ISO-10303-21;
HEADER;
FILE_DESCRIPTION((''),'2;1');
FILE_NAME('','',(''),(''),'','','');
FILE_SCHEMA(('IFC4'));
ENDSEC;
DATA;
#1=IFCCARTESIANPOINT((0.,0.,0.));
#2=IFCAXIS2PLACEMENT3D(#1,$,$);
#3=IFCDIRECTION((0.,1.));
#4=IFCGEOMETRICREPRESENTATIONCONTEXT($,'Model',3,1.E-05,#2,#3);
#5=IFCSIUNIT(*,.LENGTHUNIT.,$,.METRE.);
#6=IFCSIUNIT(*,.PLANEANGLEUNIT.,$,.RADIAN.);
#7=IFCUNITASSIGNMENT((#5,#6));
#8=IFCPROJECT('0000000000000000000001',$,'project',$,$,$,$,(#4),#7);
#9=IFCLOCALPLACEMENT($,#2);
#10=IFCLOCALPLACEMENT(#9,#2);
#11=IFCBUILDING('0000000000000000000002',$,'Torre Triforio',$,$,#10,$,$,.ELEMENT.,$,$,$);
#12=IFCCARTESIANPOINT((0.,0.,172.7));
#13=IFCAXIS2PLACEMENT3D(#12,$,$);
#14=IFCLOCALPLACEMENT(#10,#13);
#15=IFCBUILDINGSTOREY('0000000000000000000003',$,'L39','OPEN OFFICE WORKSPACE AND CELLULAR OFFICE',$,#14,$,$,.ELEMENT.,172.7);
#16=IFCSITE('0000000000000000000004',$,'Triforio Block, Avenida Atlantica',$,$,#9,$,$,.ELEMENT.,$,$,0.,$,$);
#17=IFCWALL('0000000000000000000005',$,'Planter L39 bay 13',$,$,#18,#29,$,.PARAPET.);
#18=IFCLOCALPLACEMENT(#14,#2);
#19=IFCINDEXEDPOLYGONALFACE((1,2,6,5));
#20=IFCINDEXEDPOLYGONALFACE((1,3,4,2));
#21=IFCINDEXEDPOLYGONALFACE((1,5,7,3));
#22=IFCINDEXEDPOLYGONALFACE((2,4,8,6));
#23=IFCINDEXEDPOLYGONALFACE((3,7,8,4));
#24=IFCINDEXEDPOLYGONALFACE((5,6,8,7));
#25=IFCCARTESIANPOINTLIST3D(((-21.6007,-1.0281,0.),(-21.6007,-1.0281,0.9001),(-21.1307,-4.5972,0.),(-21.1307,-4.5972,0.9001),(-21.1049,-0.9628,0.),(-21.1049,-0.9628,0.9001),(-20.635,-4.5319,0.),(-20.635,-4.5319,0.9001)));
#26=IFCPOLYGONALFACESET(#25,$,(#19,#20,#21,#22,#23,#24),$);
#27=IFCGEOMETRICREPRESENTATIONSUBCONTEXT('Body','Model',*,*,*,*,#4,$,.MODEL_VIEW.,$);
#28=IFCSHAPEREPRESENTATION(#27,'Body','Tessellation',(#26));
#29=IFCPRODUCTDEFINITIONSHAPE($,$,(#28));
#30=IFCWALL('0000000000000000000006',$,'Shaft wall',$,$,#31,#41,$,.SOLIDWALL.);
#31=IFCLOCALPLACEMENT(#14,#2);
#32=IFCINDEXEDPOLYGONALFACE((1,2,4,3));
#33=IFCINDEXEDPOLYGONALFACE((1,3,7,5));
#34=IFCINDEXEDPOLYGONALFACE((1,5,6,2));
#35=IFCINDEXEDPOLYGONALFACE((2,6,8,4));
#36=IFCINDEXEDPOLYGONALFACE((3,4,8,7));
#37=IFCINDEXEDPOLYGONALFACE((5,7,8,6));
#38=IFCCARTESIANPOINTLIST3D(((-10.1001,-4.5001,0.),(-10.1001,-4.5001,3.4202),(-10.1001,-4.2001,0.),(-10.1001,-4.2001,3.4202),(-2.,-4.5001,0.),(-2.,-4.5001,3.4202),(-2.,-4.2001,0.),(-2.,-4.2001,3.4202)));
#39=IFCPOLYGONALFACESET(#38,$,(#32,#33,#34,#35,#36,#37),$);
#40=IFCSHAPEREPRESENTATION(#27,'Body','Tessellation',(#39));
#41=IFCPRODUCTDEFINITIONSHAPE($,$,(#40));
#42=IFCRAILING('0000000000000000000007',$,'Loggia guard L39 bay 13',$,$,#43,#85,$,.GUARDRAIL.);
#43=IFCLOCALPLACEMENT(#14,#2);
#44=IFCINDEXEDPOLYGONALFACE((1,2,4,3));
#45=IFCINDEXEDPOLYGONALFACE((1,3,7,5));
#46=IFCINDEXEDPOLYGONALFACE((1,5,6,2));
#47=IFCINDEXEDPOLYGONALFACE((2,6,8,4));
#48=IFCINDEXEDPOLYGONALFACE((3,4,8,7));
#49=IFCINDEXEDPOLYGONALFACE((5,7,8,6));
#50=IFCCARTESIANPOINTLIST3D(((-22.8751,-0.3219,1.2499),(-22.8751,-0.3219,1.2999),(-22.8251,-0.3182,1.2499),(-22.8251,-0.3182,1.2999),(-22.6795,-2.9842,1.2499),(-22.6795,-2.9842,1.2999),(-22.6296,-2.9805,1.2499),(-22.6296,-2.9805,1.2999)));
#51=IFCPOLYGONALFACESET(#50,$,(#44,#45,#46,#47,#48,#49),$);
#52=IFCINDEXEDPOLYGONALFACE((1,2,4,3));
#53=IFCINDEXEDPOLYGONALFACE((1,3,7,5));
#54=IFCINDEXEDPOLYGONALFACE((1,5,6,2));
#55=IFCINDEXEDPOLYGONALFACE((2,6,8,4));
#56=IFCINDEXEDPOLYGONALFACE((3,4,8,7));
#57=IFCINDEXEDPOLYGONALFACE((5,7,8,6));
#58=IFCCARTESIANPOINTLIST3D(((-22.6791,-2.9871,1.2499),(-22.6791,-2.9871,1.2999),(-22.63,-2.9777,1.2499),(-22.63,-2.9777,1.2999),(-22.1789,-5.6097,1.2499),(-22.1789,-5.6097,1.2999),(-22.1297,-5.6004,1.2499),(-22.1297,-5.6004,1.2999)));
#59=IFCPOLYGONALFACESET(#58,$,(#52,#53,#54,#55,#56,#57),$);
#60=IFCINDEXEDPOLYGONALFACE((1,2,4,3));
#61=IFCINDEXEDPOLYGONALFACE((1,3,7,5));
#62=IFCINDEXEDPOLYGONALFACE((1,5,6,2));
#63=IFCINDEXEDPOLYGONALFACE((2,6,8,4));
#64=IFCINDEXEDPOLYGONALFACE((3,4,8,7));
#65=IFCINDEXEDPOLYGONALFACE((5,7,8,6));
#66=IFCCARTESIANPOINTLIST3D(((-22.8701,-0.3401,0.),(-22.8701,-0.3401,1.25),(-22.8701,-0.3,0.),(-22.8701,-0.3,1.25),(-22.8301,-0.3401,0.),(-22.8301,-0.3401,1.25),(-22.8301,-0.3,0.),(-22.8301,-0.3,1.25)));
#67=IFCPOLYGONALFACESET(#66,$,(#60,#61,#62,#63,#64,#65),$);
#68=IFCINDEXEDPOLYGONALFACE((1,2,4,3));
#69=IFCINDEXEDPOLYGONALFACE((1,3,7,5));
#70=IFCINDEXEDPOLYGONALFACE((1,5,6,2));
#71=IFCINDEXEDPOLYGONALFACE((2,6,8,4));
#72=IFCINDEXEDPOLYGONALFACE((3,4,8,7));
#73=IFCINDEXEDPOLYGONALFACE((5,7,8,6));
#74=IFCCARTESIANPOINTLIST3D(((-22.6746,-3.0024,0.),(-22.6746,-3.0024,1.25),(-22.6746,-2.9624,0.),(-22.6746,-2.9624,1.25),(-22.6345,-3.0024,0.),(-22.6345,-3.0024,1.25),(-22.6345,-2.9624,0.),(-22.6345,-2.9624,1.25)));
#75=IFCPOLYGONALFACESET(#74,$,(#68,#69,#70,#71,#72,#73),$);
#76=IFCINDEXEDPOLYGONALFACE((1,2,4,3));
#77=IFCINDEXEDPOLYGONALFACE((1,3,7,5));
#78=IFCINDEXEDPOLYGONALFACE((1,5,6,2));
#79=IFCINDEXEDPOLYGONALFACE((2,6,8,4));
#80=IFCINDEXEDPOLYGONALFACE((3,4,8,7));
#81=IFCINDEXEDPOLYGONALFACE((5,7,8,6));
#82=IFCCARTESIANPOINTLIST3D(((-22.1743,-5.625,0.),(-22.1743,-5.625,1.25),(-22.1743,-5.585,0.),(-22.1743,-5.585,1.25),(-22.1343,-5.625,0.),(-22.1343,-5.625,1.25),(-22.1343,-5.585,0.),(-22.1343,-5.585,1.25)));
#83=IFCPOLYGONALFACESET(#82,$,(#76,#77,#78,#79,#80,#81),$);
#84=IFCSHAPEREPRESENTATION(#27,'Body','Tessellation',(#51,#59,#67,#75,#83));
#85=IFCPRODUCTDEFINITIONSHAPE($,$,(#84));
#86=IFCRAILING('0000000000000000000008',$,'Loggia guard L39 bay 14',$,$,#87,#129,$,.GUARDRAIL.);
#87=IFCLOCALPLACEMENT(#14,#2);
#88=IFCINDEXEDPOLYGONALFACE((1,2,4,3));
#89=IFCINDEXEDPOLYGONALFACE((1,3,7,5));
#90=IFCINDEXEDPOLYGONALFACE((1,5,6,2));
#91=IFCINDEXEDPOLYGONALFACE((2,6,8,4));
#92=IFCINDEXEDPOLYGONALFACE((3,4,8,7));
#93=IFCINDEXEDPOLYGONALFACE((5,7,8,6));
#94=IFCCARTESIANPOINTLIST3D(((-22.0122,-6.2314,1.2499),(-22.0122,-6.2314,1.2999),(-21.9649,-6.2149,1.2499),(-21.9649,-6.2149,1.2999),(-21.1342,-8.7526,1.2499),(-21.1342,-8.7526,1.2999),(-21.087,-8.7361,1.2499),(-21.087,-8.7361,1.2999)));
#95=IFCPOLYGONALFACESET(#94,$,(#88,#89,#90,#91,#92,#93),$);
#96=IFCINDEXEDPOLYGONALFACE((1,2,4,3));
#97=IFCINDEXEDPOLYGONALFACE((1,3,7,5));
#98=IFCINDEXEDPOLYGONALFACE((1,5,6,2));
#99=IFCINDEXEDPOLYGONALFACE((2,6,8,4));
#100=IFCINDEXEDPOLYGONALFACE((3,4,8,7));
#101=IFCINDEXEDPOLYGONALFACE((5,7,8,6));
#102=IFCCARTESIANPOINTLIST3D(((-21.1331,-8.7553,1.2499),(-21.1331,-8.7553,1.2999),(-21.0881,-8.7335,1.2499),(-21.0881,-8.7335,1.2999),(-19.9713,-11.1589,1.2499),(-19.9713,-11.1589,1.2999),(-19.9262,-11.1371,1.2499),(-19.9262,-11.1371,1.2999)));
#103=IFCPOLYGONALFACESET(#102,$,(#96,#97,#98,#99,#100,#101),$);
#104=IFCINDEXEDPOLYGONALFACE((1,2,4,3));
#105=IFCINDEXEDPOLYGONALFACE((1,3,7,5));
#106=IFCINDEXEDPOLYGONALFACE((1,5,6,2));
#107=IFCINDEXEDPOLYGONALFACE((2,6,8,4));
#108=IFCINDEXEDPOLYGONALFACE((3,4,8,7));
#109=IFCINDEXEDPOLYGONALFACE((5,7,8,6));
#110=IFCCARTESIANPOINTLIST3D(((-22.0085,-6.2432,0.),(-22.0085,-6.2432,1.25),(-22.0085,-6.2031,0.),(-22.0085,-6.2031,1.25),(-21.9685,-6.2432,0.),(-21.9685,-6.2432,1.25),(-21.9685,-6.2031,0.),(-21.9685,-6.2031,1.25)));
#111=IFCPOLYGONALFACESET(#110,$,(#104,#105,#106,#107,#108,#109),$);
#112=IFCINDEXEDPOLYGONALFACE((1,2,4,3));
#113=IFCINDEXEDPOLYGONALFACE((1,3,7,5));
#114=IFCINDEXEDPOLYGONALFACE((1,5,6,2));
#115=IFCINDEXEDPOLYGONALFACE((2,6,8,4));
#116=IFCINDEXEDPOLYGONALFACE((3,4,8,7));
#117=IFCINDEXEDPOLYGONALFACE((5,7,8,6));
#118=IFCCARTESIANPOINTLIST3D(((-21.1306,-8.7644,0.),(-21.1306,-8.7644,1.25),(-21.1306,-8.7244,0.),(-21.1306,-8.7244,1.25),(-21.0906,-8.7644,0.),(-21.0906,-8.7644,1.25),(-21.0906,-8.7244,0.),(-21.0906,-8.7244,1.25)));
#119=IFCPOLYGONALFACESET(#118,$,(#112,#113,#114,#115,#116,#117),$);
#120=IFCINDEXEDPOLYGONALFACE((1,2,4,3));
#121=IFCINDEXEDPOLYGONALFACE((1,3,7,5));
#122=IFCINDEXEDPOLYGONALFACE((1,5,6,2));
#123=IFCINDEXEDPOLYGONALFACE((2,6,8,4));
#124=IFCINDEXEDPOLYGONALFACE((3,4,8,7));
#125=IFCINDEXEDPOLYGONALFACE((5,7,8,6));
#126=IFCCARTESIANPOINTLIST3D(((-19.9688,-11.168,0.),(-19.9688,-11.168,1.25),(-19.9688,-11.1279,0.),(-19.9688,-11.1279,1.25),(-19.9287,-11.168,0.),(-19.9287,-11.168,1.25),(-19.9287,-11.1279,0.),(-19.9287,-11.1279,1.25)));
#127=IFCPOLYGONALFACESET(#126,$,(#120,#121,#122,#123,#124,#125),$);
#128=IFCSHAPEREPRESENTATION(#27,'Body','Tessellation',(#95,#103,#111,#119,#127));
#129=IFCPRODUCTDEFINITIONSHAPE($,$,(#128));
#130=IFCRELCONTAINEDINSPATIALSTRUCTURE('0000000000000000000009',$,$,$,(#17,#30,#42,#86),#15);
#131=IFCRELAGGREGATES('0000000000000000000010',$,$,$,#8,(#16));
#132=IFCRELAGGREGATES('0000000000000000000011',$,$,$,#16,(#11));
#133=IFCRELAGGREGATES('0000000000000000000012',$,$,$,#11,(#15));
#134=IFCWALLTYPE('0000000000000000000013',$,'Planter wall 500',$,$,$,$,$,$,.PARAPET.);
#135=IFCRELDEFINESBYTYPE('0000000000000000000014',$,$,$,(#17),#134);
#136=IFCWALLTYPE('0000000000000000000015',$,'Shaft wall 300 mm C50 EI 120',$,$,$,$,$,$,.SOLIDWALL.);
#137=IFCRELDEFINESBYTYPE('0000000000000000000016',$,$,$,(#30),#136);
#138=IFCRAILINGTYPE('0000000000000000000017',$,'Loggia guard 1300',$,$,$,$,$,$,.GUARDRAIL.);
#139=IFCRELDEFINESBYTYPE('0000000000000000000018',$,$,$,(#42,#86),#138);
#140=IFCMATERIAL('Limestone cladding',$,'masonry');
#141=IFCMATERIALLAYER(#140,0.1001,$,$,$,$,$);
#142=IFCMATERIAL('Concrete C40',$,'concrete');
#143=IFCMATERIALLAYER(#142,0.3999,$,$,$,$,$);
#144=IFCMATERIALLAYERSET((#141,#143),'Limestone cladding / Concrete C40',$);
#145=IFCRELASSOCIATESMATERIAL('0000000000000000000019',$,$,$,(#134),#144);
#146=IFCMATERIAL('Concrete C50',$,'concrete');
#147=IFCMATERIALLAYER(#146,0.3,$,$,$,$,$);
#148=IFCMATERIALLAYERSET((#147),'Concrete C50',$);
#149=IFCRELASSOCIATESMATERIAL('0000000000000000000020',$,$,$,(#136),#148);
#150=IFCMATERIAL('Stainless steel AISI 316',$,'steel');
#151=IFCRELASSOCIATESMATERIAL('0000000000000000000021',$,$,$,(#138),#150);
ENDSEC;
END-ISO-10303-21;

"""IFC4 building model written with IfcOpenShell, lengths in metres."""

from ifc_helpers import new_model, si_unit, direction, frame, frame_2d, origin, origin_2d, place, context, subcontext, project, spatial, rectangle, extrude, material, layer, layer_set, type_object, element, save


model = new_model("IFC4")

# Units and contexts
model_context = context("Model", 3, precision=1e-05, world=origin(), true_north=direction((0.0, 1.0)))
body_context = subcontext(model_context, "Body", "Model", "MODEL_VIEW")
ifc_project = project(units=[si_unit("LENGTHUNIT", "METRE"), si_unit("PLANEANGLEUNIT", "RADIAN")], contexts=[model_context])

# Site, building, storey
site_placement = place(None, origin())
site = spatial("IfcSite", under=ifc_project, at=site_placement, Name="Triforio Block, Avenida Atlantica", CompositionType="ELEMENT", RefElevation=0.0)
building_placement = place(site_placement, origin())
building = spatial("IfcBuilding", under=site, at=building_placement, Name="Torre Triforio", CompositionType="ELEMENT")
storey_placement = place(building_placement, frame((0.0, 0.0, 172.7)))
storey = spatial("IfcBuildingStorey", under=building, at=storey_placement, Name="L39", Description="OPEN OFFICE WORKSPACE AND CELLULAR OFFICE", CompositionType="ELEMENT", Elevation=172.7)

# Shared definitions
ifc_material_1 = material(Name="Concrete C50", Category="concrete")

# Shared definitions
ifc_material_2 = material(Name="Concrete C40", Category="concrete")

# Walls
ifc_material_3 = material(Name="Limestone cladding", Category="masonry")
ifc_layer_1 = layer(ifc_material_3, 0.1001)
ifc_layer_2 = layer(ifc_material_2, 0.3999)
ifc_layer_set_1 = layer_set([ifc_layer_1, ifc_layer_2], Name="Limestone cladding / Concrete C40")
wall_type_1 = type_object("IfcWallType", Name="Planter wall 500", PredefinedType="PARAPET", material=ifc_layer_set_1)
wall_1_placement = place(storey_placement, frame((-21.3528, -0.9956, 0.0), z_axis=(0.0, 0.0, 1.0), x_axis=(0.130551, -0.991442, 0.0)))
element("IfcWall", 1, at=wall_1_placement, inside=storey, type_object=wall_type_1, Name="Planter L39 bay 13", PredefinedType="PARAPET", context=body_context, shape_type="SweptSolid", body=[
    extrude(rectangle(XDim=3.5999, YDim=0.5, at=frame_2d((1.7998, 0.0))), origin(), (0.0, 0.0, 1.0), 0.9001),
])
ifc_layer_3 = layer(ifc_material_1, 0.3)
ifc_layer_set_2 = layer_set([ifc_layer_3], Name="Concrete C50")
wall_type_2 = type_object("IfcWallType", Name="Shaft wall 300 mm C50 EI 120", PredefinedType="SOLIDWALL", material=ifc_layer_set_2)
wall_2_placement = place(storey_placement, frame((-10.1001, -4.3501, 0.0), z_axis=(0.0, 0.0, 1.0), x_axis=(1.0, 0.0, 0.0)))
element("IfcWall", 2, at=wall_2_placement, inside=storey, type_object=wall_type_2, Name="Shaft wall", PredefinedType="SOLIDWALL", context=body_context, shape_type="SweptSolid", body=[
    extrude(rectangle(XDim=8.1001, YDim=0.3, at=frame_2d((4.05, 0.0))), origin(), (0.0, 0.0, 1.0), 3.4202),
])

# Railings
ifc_material_4 = material(Name="Stainless steel AISI 316", Category="steel")
railing_type = type_object("IfcRailingType", Name="Loggia guard 1300", PredefinedType="GUARDRAIL", material=ifc_material_4)
railing_1_placement = place(storey_placement, frame((-22.8501, -0.3201, 0.0)))
element("IfcRailing", 3, at=railing_1_placement, inside=storey, type_object=railing_type, Name="Loggia guard L39 bay 13", PredefinedType="GUARDRAIL", context=body_context, shape_type="SweptSolid", body=[
    extrude(rectangle(XDim=0.05, YDim=0.05, at=origin_2d()), frame((0.0, 0.0, 1.2749), z_axis=(0.073255, -0.997313, 0.0), x_axis=(0.997313, 0.073255, 0.0)), (0.0, 0.0, 1.0), 2.6694),
    extrude(rectangle(XDim=0.05, YDim=0.05, at=origin_2d()), frame((0.1956, -2.6624, 1.2749), z_axis=(0.187368, -0.98229, 0.0), x_axis=(0.98229, 0.187368, 0.0)), (0.0, 0.0, 1.0), 2.6699),
    extrude(rectangle(XDim=0.04, YDim=0.04, at=origin_2d()), origin(), (0.0, 0.0, 1.0), 1.25),
    extrude(rectangle(XDim=0.04, YDim=0.04, at=origin_2d()), frame((0.1956, -2.6624, 0.0)), (0.0, 0.0, 1.0), 1.25),
    extrude(rectangle(XDim=0.04, YDim=0.04, at=origin_2d()), frame((0.6958, -5.2849, 0.0)), (0.0, 0.0, 1.0), 1.25),
])
railing_2_placement = place(storey_placement, frame((-21.9885, -6.2231, 0.0)))
element("IfcRailing", 4, at=railing_2_placement, inside=storey, type_object=railing_type, Name="Loggia guard L39 bay 14", PredefinedType="GUARDRAIL", context=body_context, shape_type="SweptSolid", body=[
    extrude(rectangle(XDim=0.05, YDim=0.05, at=origin_2d()), frame((0.0, 0.0, 1.2749), z_axis=(0.328847, -0.944383, 0.0), x_axis=(0.944383, 0.328847, 0.0)), (0.0, 0.0, 1.0), 2.6697),
    extrude(rectangle(XDim=0.05, YDim=0.05, at=origin_2d()), frame((0.8779, -2.5212, 1.2749), z_axis=(0.435212, -0.900328, 0.0), x_axis=(0.900328, 0.435212, 0.0)), (0.0, 0.0, 1.0), 2.6697),
    extrude(rectangle(XDim=0.04, YDim=0.04, at=origin_2d()), origin(), (0.0, 0.0, 1.0), 1.25),
    extrude(rectangle(XDim=0.04, YDim=0.04, at=origin_2d()), frame((0.8779, -2.5212, 0.0)), (0.0, 0.0, 1.0), 1.25),
    extrude(rectangle(XDim=0.04, YDim=0.04, at=origin_2d()), frame((2.0398, -4.9248, 0.0)), (0.0, 0.0, 1.0), 1.25),
])

save(model, "model.ifc")
